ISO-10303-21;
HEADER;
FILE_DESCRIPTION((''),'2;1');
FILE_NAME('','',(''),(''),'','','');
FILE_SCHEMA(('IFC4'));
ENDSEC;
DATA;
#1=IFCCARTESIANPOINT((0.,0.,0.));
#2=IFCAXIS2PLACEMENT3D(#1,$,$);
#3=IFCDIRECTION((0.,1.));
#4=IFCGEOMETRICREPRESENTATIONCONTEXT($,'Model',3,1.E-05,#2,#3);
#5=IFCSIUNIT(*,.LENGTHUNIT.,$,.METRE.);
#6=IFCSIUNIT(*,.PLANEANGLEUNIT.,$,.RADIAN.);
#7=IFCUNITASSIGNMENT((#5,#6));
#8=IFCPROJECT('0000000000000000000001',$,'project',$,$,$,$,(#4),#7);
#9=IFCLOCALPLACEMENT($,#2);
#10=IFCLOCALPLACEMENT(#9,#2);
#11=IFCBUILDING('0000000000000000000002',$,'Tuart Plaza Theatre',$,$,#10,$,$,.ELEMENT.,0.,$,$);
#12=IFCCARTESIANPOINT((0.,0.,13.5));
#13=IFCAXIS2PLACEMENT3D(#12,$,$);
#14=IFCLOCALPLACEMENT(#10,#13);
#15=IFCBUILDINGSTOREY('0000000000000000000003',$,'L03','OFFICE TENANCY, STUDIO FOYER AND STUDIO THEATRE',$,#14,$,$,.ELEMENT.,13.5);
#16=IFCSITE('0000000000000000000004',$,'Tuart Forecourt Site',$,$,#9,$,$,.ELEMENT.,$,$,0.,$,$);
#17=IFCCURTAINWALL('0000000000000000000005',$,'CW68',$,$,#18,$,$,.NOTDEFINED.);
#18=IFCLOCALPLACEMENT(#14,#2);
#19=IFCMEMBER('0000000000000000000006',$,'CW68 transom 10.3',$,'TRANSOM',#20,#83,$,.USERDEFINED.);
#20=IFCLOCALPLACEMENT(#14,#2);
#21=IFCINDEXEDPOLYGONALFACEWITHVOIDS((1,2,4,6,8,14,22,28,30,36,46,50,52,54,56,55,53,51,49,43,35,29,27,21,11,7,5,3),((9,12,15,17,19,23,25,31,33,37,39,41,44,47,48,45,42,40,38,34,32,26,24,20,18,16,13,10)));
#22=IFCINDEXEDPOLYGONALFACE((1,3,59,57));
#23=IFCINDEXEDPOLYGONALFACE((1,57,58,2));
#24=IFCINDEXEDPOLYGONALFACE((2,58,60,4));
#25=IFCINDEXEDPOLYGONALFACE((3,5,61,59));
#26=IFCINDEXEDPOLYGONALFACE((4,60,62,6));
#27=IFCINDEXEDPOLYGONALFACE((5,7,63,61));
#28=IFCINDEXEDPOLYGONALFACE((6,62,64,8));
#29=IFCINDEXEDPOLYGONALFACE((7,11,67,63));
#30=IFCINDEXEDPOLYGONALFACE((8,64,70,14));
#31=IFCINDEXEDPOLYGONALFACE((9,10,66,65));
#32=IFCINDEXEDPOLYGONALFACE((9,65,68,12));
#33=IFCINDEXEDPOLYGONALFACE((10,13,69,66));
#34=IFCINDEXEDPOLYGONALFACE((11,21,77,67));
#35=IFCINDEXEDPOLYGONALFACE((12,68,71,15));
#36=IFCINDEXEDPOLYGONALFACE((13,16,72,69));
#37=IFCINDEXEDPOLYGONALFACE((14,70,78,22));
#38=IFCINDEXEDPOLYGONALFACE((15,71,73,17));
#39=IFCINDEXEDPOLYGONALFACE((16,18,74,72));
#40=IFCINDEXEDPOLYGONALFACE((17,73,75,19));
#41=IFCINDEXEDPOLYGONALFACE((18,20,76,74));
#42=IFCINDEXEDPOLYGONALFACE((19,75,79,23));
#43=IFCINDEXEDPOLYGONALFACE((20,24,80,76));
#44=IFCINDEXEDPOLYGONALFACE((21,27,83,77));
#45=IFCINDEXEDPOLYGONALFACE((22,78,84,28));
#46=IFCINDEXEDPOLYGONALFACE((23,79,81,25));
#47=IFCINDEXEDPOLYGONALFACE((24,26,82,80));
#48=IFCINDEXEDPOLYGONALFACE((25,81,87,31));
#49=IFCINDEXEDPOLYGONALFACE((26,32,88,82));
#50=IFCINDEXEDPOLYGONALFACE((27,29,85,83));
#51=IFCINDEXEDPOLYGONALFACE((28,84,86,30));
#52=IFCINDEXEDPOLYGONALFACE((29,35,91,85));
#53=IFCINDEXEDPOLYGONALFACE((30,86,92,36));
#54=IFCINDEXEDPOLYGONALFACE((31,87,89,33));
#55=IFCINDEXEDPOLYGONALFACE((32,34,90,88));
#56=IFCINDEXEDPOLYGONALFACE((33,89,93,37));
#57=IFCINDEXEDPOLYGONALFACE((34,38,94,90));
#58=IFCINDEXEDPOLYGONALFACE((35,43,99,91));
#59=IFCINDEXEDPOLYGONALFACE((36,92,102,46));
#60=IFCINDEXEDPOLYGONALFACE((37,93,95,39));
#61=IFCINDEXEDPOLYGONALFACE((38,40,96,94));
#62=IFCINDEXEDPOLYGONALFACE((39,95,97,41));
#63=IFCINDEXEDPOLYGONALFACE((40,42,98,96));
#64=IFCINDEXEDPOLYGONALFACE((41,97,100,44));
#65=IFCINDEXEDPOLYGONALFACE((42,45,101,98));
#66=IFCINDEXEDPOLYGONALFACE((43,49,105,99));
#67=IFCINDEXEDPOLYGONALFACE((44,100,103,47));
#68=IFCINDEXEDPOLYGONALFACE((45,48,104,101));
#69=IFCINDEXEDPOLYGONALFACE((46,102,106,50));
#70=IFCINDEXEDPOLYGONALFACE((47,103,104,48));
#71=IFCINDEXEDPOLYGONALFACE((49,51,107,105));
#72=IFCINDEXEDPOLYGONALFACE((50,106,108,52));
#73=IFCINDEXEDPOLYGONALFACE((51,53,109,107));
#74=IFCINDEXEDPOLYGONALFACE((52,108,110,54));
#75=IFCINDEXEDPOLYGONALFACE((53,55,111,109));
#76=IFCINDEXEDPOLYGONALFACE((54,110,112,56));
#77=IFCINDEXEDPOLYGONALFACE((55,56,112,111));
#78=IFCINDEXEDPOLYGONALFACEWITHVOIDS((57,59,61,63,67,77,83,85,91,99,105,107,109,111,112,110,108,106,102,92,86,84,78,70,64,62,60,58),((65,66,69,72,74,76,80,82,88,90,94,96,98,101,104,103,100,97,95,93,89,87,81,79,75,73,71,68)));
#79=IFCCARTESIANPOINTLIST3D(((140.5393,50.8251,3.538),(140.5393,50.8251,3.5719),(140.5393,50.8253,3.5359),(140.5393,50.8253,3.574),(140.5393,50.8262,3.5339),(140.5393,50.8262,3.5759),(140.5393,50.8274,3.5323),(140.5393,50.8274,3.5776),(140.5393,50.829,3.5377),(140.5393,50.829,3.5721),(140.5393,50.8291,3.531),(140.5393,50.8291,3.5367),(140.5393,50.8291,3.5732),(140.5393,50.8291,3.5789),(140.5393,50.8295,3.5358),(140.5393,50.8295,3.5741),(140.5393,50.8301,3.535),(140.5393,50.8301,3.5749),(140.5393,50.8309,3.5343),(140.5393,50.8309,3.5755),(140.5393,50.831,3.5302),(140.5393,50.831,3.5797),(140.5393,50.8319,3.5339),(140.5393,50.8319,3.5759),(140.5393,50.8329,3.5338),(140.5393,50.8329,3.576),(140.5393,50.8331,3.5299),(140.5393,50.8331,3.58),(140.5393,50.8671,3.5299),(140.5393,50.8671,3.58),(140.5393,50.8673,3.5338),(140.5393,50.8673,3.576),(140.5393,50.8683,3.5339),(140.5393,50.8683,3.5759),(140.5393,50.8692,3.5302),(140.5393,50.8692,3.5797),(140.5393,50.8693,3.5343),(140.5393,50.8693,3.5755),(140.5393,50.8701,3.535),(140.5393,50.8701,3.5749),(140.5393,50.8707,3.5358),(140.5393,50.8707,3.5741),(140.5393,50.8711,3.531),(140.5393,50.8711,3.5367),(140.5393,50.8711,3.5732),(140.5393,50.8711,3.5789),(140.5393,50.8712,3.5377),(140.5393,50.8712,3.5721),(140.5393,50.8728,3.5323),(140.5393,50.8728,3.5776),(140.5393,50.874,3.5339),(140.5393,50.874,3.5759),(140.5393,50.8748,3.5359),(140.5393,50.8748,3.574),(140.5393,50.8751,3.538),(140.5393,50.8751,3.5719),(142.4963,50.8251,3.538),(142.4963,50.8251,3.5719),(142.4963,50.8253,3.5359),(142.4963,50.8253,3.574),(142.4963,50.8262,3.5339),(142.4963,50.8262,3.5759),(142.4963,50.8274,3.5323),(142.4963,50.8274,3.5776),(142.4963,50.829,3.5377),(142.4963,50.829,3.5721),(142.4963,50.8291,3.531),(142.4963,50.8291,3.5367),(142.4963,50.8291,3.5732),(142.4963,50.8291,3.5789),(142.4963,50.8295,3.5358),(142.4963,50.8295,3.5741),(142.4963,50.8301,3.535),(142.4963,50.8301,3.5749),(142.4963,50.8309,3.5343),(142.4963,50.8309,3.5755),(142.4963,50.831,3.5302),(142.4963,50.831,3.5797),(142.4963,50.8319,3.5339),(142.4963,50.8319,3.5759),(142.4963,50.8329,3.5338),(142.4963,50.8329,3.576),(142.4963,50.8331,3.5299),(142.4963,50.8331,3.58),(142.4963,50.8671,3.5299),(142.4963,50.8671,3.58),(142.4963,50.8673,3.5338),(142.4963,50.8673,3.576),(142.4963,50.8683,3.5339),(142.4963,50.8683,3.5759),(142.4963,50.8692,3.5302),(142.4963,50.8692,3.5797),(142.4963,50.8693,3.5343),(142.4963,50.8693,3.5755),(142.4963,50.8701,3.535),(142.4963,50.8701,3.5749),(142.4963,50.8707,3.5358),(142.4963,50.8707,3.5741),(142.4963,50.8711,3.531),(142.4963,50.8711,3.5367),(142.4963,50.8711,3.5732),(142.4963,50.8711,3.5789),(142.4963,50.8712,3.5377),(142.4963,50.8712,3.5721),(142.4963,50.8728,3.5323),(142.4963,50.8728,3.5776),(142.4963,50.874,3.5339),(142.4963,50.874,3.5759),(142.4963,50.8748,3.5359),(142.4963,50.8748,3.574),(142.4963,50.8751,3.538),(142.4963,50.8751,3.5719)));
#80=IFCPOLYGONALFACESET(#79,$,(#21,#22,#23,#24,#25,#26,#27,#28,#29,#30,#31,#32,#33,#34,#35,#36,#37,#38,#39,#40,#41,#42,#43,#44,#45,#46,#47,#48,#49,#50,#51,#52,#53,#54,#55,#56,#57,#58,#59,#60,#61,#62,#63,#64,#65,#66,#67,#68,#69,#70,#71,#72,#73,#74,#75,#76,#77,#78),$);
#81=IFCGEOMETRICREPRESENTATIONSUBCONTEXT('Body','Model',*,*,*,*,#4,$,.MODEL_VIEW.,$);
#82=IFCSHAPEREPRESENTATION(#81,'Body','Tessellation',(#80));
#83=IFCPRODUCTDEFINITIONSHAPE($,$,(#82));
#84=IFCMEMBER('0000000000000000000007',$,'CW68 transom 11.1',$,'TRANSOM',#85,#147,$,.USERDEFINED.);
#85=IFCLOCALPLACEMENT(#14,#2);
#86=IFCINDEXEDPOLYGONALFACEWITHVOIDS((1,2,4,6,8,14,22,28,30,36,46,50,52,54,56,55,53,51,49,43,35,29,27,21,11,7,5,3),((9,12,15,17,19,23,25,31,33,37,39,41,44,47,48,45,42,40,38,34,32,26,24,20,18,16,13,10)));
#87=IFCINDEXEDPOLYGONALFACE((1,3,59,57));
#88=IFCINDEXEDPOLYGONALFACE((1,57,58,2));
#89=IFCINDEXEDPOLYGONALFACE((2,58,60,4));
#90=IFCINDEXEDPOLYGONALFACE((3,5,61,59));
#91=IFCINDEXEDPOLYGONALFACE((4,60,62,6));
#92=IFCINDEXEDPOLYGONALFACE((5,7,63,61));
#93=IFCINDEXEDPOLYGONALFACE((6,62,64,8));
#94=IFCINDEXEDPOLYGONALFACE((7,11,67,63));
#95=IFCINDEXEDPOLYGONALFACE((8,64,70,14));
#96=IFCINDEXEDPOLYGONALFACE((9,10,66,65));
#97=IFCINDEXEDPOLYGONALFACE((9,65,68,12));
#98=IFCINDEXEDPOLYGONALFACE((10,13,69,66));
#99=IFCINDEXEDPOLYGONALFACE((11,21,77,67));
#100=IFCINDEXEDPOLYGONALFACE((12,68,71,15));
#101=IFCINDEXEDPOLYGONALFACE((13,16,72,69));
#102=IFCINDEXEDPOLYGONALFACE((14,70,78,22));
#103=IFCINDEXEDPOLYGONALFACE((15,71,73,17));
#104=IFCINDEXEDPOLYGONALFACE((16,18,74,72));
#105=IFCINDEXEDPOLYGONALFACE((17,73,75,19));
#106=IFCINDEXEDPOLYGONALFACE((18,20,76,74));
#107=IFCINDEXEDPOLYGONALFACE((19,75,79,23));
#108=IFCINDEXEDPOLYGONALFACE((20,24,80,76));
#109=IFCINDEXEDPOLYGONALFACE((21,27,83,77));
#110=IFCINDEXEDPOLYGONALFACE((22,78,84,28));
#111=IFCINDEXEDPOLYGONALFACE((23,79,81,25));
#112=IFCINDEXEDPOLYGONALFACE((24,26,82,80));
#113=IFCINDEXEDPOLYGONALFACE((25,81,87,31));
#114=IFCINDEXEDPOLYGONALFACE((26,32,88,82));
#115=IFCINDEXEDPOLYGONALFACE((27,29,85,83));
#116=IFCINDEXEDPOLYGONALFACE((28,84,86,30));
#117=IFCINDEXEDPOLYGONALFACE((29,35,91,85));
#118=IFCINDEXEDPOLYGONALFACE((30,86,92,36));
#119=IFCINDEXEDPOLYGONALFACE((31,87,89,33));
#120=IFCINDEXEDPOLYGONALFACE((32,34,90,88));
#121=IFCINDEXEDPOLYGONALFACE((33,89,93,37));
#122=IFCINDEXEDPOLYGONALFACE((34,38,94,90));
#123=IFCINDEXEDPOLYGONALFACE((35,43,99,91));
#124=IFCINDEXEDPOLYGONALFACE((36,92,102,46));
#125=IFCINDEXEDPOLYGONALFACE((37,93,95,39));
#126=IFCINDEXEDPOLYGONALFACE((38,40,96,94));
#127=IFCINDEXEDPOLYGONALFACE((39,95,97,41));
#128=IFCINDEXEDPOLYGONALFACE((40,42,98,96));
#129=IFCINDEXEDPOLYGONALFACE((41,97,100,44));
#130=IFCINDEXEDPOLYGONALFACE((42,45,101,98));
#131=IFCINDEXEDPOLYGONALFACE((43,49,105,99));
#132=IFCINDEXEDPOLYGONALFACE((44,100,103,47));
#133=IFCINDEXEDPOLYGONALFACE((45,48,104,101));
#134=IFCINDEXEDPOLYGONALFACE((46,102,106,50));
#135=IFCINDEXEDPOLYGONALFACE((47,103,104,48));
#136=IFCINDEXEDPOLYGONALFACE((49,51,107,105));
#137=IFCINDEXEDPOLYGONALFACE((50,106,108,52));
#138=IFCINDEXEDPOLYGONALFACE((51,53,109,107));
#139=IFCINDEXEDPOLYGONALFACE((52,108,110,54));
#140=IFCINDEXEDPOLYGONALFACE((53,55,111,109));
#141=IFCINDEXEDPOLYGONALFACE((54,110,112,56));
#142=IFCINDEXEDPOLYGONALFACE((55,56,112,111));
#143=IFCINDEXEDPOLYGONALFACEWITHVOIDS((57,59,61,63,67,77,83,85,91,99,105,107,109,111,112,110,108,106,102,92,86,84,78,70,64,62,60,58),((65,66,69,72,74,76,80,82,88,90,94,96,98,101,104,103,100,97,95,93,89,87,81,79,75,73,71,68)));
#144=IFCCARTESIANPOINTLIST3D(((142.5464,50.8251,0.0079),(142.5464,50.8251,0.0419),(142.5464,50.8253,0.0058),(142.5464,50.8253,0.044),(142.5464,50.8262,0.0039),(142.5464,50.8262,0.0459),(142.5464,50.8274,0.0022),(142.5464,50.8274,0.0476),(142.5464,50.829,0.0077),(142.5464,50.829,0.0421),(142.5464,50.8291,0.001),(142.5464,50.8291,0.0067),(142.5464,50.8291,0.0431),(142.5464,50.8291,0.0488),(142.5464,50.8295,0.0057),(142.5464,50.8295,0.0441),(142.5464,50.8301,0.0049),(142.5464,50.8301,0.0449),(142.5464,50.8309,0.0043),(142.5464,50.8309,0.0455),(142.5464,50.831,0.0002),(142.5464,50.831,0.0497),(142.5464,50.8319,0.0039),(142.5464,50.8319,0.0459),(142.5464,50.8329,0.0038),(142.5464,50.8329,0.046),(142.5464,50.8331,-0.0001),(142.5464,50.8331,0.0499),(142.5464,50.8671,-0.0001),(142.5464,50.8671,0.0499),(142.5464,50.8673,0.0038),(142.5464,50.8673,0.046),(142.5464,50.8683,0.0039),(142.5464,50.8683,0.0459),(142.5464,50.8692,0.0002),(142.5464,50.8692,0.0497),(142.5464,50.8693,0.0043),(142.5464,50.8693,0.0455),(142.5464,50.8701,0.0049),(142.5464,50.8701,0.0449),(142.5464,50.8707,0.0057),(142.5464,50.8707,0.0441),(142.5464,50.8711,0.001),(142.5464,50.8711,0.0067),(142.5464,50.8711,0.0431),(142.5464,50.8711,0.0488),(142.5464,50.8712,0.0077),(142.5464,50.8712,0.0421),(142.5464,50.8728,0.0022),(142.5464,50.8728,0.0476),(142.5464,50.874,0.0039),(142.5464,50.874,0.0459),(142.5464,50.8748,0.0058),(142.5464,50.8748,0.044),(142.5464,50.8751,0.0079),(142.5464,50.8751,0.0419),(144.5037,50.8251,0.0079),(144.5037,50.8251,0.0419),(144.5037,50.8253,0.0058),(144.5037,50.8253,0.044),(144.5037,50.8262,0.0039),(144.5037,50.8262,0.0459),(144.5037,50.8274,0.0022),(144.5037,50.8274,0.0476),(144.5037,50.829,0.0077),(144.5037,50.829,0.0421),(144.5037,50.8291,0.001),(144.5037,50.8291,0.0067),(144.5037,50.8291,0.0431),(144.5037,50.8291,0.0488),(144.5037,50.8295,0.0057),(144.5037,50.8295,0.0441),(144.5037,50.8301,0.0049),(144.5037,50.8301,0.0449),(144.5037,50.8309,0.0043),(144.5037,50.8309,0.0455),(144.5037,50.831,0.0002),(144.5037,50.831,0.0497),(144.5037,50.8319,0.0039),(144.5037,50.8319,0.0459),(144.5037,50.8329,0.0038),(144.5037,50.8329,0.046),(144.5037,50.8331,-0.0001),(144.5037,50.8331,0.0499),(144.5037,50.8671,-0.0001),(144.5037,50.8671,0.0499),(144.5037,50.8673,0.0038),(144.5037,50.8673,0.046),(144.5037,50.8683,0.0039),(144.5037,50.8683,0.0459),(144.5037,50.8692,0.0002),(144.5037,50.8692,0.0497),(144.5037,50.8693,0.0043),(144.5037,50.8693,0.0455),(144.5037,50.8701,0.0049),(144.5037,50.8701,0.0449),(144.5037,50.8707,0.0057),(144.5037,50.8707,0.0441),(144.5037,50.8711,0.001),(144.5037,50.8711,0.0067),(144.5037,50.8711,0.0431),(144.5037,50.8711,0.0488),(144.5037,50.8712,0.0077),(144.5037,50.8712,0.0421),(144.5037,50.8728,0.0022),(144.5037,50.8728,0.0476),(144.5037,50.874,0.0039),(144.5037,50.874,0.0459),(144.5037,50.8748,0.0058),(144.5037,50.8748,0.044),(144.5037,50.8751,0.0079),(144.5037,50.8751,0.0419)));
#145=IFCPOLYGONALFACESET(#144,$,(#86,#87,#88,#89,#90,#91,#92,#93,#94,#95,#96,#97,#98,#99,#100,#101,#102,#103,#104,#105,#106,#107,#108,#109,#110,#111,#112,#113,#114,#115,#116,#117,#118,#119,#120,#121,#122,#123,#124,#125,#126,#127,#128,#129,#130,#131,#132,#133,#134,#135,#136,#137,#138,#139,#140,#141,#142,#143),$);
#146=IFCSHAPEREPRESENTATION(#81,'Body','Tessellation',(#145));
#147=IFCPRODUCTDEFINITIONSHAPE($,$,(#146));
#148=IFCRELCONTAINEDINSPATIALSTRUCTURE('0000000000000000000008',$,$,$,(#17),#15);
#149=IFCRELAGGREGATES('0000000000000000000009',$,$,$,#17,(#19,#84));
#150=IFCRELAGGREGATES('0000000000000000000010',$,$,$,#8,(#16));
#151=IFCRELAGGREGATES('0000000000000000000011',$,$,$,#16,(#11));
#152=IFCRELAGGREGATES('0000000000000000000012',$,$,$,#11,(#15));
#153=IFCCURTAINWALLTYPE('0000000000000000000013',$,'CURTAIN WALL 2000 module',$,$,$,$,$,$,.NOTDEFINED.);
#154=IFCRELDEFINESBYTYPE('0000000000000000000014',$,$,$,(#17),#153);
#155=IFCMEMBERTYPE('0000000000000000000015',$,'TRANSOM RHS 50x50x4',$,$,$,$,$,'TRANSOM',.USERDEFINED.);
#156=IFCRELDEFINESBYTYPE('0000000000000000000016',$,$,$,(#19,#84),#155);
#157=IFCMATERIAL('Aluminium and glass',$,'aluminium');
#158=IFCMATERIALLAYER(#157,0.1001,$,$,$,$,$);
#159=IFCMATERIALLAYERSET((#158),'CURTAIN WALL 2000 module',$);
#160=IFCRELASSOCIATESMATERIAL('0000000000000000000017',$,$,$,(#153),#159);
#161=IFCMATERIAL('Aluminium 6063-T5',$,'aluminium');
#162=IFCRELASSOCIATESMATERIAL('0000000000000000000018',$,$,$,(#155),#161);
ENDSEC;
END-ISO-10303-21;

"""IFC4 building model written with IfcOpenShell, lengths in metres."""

from ifc_helpers import new_model, si_unit, direction, frame, origin, origin_2d, place, context, subcontext, project, spatial, hollow_rectangle, extrude, material, layer, layer_set, material_profile, profile_set, type_object, element, aggregate, save


model = new_model("IFC4")

# Units and contexts
model_context = context("Model", 3, precision=1e-05, world=origin(), true_north=direction((0.0, 1.0)))
body_context = subcontext(model_context, "Body", "Model", "MODEL_VIEW")
ifc_project = project(units=[si_unit("LENGTHUNIT", "METRE"), si_unit("PLANEANGLEUNIT", "RADIAN")], contexts=[model_context])

# Site, building, storey
site_placement = place(None, origin())
site = spatial("IfcSite", under=ifc_project, at=site_placement, Name="Tuart Forecourt Site", CompositionType="ELEMENT", RefElevation=0.0)
building_placement = place(site_placement, origin())
building = spatial("IfcBuilding", under=site, at=building_placement, Name="Tuart Plaza Theatre", CompositionType="ELEMENT", ElevationOfRefHeight=0.0)
storey_placement = place(building_placement, frame((0.0, 0.0, 13.5)))
storey = spatial("IfcBuildingStorey", under=building, at=storey_placement, Name="L03", Description="OFFICE TENANCY, STUDIO FOYER AND STUDIO THEATRE", CompositionType="ELEMENT", Elevation=13.5)

# Curtain wall, members
ifc_material_1 = material(Name="Aluminium and glass", Category="aluminium")
ifc_layer_1 = layer(ifc_material_1, 0.1001)
ifc_layer_set_1 = layer_set([ifc_layer_1], Name="CURTAIN WALL 2000 module")
curtain_wall_type = type_object("IfcCurtainWallType", Name="CURTAIN WALL 2000 module", PredefinedType="NOTDEFINED", material=ifc_layer_set_1)
curtain_wall_placement = place(storey_placement, origin())
curtain_wall = element("IfcCurtainWall", 1, at=curtain_wall_placement, inside=storey, type_object=curtain_wall_type, Name="CW68", PredefinedType="NOTDEFINED")
ifc_material_2 = material(Name="Aluminium 6063-T5", Category="aluminium")
ifc_material_profile_1 = material_profile(ifc_material_2, hollow_rectangle(XDim=0.05, YDim=0.05, WallThickness=0.0039, InnerFilletRadius=0.0039, OuterFilletRadius=0.0081, at=origin_2d()), Name="RHS 50x50x4")
ifc_profile_set_1 = profile_set([ifc_material_profile_1], Name="Aluminium 6063-T5")
member_type_1 = type_object("IfcMemberType", Name="TRANSOM RHS 50x50x4", ElementType="TRANSOM", PredefinedType="USERDEFINED", material=ifc_profile_set_1)
member_1_placement = place(storey_placement, frame((140.5393, 50.8501, 3.5549), z_axis=(1.0, 0.0, 0.0), x_axis=(0.0, 1.0, 0.0)))
member_1 = element("IfcMember", 2, at=member_1_placement, type_object=member_type_1, Name="CW68 transom 10.3", ObjectType="TRANSOM", PredefinedType="USERDEFINED", context=body_context, shape_type="SweptSolid", body=[
    extrude(hollow_rectangle(XDim=0.05, YDim=0.05, WallThickness=0.0039, InnerFilletRadius=0.0039, OuterFilletRadius=0.0081, at=origin_2d()), origin(), (0.0, 0.0, 1.0), 1.957),
])
member_2_placement = place(storey_placement, frame((142.5464, 50.8501, 0.0249), z_axis=(1.0, 0.0, 0.0), x_axis=(0.0, 1.0, 0.0)))
member_2 = element("IfcMember", 3, at=member_2_placement, type_object=member_type_1, Name="CW68 transom 11.1", ObjectType="TRANSOM", PredefinedType="USERDEFINED", context=body_context, shape_type="SweptSolid", body=[
    extrude(hollow_rectangle(XDim=0.05, YDim=0.05, WallThickness=0.0039, InnerFilletRadius=0.0039, OuterFilletRadius=0.0081, at=origin_2d()), origin(), (0.0, 0.0, 1.0), 1.9573),
])
aggregate(curtain_wall, [member_1, member_2])

save(model, "model.ifc")
